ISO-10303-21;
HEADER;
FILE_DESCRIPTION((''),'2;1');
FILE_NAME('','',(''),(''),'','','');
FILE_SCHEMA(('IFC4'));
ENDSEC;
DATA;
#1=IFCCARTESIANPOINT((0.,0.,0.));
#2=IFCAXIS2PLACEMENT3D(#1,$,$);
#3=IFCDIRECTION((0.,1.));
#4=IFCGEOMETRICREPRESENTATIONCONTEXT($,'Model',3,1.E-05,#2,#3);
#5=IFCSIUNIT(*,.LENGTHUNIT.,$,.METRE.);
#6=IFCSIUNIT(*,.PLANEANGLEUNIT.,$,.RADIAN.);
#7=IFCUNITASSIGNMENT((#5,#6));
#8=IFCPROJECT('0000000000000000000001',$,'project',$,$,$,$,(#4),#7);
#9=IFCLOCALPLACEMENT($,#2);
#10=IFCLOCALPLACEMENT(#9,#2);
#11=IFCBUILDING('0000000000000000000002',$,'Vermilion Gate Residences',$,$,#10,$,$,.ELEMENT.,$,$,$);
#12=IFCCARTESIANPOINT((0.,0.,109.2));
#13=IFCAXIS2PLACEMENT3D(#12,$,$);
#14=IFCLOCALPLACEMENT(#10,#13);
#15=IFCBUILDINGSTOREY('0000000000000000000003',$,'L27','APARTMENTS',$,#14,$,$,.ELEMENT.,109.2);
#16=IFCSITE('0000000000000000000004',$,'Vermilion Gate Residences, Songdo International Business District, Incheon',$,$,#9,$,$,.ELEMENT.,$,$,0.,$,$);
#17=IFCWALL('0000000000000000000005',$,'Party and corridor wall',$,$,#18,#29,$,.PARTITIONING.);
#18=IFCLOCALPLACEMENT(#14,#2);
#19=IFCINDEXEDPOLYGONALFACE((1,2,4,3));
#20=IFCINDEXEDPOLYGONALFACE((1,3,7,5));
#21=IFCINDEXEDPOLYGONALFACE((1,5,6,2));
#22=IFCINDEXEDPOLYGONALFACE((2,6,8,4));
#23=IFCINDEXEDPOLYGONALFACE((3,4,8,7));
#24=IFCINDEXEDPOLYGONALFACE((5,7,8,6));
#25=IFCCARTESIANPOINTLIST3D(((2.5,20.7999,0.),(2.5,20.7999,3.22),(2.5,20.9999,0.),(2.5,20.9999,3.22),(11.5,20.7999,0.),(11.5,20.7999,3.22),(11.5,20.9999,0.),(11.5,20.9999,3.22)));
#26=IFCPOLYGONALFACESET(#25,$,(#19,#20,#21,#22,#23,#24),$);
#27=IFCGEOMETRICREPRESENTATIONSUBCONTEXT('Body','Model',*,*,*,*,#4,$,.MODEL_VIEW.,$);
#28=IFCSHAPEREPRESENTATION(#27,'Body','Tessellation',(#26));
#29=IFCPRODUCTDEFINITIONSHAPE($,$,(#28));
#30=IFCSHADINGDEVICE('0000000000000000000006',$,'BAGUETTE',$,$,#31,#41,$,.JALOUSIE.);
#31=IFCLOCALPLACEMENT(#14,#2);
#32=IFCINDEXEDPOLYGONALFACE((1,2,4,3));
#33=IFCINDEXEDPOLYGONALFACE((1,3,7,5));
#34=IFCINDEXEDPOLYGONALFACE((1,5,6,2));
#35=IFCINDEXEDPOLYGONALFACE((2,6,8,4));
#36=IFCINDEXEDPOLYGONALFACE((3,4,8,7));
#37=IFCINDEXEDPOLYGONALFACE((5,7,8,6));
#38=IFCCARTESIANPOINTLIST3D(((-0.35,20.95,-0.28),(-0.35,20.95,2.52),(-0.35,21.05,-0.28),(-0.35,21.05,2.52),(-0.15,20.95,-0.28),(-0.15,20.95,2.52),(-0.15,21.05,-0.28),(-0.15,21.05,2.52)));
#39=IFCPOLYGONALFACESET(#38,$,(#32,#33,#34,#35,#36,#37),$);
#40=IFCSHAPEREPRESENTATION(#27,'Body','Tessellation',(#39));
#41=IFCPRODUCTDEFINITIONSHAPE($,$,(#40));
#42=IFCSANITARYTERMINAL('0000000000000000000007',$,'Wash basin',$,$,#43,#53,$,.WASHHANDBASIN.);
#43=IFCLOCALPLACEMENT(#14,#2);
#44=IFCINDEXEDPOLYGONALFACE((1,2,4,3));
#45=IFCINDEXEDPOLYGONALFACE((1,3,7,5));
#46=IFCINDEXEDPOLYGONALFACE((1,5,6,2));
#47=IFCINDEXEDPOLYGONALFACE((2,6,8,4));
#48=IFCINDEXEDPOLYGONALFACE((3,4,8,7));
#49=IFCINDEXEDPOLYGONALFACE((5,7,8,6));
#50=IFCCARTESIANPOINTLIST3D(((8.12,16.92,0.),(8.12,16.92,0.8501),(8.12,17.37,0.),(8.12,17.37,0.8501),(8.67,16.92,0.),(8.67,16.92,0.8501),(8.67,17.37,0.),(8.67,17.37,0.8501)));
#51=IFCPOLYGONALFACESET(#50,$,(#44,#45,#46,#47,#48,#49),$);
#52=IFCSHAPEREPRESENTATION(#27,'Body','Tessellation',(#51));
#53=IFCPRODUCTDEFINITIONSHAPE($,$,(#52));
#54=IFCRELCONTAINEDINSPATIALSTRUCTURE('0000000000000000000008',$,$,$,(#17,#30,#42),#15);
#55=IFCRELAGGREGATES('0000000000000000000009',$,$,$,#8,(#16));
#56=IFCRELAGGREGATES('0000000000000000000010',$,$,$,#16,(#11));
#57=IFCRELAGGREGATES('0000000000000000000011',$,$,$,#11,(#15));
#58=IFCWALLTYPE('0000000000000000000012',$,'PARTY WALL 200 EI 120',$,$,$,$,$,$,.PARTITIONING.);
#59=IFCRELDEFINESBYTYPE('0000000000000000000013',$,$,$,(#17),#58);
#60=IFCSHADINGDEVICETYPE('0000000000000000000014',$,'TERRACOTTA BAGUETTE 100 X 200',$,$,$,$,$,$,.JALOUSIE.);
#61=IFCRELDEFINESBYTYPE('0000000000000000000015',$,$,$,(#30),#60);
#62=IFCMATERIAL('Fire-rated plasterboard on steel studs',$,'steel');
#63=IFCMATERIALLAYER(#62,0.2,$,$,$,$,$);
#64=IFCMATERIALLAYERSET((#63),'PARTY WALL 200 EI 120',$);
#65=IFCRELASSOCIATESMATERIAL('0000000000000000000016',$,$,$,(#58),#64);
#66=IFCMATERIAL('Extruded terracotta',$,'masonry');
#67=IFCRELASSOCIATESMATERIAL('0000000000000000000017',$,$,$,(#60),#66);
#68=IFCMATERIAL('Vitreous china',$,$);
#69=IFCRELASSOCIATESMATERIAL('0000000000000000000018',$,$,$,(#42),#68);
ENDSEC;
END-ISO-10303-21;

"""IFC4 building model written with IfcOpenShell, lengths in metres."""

from ifc_helpers import new_model, si_unit, direction, frame, frame_2d, origin, origin_2d, place, context, subcontext, project, spatial, rectangle, extrude, material, layer, layer_set, material_profile, profile_set, type_object, element, save


model = new_model("IFC4")

# Units and contexts
model_context = context("Model", 3, precision=1e-05, world=origin(), true_north=direction((0.0, 1.0)))
body_context = subcontext(model_context, "Body", "Model", "MODEL_VIEW")
ifc_project = project(units=[si_unit("LENGTHUNIT", "METRE"), si_unit("PLANEANGLEUNIT", "RADIAN")], contexts=[model_context])

# Site, building, storey
site_placement = place(None, origin())
site = spatial("IfcSite", under=ifc_project, at=site_placement, Name="Vermilion Gate Residences, Songdo International Business District, Incheon", CompositionType="ELEMENT", RefElevation=0.0)
building_placement = place(site_placement, origin())
building = spatial("IfcBuilding", under=site, at=building_placement, Name="Vermilion Gate Residences", CompositionType="ELEMENT")
storey_placement = place(building_placement, frame((0.0, 0.0, 109.2)))
storey = spatial("IfcBuildingStorey", under=building, at=storey_placement, Name="L27", Description="APARTMENTS", CompositionType="ELEMENT", Elevation=109.2)

# Wall
ifc_material_1 = material(Name="Fire-rated plasterboard on steel studs", Category="steel")
ifc_layer_1 = layer(ifc_material_1, 0.2)
ifc_layer_set_1 = layer_set([ifc_layer_1], Name="PARTY WALL 200 EI 120")
wall_type_1 = type_object("IfcWallType", Name="PARTY WALL 200 EI 120", PredefinedType="PARTITIONING", material=ifc_layer_set_1)
wall_1_placement = place(storey_placement, frame((2.5, 20.8999, 0.0), z_axis=(0.0, 0.0, 1.0), x_axis=(1.0, 0.0, 0.0)))
element("IfcWall", 1, at=wall_1_placement, inside=storey, type_object=wall_type_1, Name="Party and corridor wall", PredefinedType="PARTITIONING", context=body_context, shape_type="SweptSolid", body=[
    extrude(rectangle(XDim=9.0, YDim=0.2, at=frame_2d((4.5, 0.0))), origin(), (0.0, 0.0, 1.0), 3.22),
])

# Shading device
ifc_material_2 = material(Name="Extruded terracotta", Category="masonry")
ifc_material_profile_1 = material_profile(ifc_material_2, rectangle(XDim=0.2, YDim=0.1001, at=origin_2d()), Name="BAGUETTE 100 X 200")
ifc_profile_set_1 = profile_set([ifc_material_profile_1], Name="Extruded terracotta")
shading_device_type = type_object("IfcShadingDeviceType", Name="TERRACOTTA BAGUETTE 100 X 200", PredefinedType="JALOUSIE", material=ifc_profile_set_1)
shading_device_placement = place(storey_placement, frame((-0.25, 21.0, -0.28), z_axis=(0.0, 0.0, 1.0), x_axis=(1.0, 0.0, 0.0)))
element("IfcShadingDevice", 2, at=shading_device_placement, inside=storey, type_object=shading_device_type, Name="BAGUETTE", PredefinedType="JALOUSIE", context=body_context, shape_type="SweptSolid", body=[
    extrude(rectangle(XDim=0.2, YDim=0.1001, at=origin_2d()), origin(), (0.0, 0.0, 1.0), 2.8),
])

# Sanitary terminal
ifc_material_3 = material(Name="Vitreous china")
sanitary_terminal_placement = place(storey_placement, frame((8.395, 17.145, 0.0), z_axis=(0.0, 0.0, 1.0), x_axis=(1.0, 0.0, 0.0)))
element("IfcSanitaryTerminal", 3, at=sanitary_terminal_placement, inside=storey, material=ifc_material_3, Name="Wash basin", PredefinedType="WASHHANDBASIN", context=body_context, shape_type="SweptSolid", body=[
    extrude(rectangle(XDim=0.55, YDim=0.45, at=origin_2d()), origin(), (0.0, 0.0, 1.0), 0.8501),
])

save(model, "model.ifc")
